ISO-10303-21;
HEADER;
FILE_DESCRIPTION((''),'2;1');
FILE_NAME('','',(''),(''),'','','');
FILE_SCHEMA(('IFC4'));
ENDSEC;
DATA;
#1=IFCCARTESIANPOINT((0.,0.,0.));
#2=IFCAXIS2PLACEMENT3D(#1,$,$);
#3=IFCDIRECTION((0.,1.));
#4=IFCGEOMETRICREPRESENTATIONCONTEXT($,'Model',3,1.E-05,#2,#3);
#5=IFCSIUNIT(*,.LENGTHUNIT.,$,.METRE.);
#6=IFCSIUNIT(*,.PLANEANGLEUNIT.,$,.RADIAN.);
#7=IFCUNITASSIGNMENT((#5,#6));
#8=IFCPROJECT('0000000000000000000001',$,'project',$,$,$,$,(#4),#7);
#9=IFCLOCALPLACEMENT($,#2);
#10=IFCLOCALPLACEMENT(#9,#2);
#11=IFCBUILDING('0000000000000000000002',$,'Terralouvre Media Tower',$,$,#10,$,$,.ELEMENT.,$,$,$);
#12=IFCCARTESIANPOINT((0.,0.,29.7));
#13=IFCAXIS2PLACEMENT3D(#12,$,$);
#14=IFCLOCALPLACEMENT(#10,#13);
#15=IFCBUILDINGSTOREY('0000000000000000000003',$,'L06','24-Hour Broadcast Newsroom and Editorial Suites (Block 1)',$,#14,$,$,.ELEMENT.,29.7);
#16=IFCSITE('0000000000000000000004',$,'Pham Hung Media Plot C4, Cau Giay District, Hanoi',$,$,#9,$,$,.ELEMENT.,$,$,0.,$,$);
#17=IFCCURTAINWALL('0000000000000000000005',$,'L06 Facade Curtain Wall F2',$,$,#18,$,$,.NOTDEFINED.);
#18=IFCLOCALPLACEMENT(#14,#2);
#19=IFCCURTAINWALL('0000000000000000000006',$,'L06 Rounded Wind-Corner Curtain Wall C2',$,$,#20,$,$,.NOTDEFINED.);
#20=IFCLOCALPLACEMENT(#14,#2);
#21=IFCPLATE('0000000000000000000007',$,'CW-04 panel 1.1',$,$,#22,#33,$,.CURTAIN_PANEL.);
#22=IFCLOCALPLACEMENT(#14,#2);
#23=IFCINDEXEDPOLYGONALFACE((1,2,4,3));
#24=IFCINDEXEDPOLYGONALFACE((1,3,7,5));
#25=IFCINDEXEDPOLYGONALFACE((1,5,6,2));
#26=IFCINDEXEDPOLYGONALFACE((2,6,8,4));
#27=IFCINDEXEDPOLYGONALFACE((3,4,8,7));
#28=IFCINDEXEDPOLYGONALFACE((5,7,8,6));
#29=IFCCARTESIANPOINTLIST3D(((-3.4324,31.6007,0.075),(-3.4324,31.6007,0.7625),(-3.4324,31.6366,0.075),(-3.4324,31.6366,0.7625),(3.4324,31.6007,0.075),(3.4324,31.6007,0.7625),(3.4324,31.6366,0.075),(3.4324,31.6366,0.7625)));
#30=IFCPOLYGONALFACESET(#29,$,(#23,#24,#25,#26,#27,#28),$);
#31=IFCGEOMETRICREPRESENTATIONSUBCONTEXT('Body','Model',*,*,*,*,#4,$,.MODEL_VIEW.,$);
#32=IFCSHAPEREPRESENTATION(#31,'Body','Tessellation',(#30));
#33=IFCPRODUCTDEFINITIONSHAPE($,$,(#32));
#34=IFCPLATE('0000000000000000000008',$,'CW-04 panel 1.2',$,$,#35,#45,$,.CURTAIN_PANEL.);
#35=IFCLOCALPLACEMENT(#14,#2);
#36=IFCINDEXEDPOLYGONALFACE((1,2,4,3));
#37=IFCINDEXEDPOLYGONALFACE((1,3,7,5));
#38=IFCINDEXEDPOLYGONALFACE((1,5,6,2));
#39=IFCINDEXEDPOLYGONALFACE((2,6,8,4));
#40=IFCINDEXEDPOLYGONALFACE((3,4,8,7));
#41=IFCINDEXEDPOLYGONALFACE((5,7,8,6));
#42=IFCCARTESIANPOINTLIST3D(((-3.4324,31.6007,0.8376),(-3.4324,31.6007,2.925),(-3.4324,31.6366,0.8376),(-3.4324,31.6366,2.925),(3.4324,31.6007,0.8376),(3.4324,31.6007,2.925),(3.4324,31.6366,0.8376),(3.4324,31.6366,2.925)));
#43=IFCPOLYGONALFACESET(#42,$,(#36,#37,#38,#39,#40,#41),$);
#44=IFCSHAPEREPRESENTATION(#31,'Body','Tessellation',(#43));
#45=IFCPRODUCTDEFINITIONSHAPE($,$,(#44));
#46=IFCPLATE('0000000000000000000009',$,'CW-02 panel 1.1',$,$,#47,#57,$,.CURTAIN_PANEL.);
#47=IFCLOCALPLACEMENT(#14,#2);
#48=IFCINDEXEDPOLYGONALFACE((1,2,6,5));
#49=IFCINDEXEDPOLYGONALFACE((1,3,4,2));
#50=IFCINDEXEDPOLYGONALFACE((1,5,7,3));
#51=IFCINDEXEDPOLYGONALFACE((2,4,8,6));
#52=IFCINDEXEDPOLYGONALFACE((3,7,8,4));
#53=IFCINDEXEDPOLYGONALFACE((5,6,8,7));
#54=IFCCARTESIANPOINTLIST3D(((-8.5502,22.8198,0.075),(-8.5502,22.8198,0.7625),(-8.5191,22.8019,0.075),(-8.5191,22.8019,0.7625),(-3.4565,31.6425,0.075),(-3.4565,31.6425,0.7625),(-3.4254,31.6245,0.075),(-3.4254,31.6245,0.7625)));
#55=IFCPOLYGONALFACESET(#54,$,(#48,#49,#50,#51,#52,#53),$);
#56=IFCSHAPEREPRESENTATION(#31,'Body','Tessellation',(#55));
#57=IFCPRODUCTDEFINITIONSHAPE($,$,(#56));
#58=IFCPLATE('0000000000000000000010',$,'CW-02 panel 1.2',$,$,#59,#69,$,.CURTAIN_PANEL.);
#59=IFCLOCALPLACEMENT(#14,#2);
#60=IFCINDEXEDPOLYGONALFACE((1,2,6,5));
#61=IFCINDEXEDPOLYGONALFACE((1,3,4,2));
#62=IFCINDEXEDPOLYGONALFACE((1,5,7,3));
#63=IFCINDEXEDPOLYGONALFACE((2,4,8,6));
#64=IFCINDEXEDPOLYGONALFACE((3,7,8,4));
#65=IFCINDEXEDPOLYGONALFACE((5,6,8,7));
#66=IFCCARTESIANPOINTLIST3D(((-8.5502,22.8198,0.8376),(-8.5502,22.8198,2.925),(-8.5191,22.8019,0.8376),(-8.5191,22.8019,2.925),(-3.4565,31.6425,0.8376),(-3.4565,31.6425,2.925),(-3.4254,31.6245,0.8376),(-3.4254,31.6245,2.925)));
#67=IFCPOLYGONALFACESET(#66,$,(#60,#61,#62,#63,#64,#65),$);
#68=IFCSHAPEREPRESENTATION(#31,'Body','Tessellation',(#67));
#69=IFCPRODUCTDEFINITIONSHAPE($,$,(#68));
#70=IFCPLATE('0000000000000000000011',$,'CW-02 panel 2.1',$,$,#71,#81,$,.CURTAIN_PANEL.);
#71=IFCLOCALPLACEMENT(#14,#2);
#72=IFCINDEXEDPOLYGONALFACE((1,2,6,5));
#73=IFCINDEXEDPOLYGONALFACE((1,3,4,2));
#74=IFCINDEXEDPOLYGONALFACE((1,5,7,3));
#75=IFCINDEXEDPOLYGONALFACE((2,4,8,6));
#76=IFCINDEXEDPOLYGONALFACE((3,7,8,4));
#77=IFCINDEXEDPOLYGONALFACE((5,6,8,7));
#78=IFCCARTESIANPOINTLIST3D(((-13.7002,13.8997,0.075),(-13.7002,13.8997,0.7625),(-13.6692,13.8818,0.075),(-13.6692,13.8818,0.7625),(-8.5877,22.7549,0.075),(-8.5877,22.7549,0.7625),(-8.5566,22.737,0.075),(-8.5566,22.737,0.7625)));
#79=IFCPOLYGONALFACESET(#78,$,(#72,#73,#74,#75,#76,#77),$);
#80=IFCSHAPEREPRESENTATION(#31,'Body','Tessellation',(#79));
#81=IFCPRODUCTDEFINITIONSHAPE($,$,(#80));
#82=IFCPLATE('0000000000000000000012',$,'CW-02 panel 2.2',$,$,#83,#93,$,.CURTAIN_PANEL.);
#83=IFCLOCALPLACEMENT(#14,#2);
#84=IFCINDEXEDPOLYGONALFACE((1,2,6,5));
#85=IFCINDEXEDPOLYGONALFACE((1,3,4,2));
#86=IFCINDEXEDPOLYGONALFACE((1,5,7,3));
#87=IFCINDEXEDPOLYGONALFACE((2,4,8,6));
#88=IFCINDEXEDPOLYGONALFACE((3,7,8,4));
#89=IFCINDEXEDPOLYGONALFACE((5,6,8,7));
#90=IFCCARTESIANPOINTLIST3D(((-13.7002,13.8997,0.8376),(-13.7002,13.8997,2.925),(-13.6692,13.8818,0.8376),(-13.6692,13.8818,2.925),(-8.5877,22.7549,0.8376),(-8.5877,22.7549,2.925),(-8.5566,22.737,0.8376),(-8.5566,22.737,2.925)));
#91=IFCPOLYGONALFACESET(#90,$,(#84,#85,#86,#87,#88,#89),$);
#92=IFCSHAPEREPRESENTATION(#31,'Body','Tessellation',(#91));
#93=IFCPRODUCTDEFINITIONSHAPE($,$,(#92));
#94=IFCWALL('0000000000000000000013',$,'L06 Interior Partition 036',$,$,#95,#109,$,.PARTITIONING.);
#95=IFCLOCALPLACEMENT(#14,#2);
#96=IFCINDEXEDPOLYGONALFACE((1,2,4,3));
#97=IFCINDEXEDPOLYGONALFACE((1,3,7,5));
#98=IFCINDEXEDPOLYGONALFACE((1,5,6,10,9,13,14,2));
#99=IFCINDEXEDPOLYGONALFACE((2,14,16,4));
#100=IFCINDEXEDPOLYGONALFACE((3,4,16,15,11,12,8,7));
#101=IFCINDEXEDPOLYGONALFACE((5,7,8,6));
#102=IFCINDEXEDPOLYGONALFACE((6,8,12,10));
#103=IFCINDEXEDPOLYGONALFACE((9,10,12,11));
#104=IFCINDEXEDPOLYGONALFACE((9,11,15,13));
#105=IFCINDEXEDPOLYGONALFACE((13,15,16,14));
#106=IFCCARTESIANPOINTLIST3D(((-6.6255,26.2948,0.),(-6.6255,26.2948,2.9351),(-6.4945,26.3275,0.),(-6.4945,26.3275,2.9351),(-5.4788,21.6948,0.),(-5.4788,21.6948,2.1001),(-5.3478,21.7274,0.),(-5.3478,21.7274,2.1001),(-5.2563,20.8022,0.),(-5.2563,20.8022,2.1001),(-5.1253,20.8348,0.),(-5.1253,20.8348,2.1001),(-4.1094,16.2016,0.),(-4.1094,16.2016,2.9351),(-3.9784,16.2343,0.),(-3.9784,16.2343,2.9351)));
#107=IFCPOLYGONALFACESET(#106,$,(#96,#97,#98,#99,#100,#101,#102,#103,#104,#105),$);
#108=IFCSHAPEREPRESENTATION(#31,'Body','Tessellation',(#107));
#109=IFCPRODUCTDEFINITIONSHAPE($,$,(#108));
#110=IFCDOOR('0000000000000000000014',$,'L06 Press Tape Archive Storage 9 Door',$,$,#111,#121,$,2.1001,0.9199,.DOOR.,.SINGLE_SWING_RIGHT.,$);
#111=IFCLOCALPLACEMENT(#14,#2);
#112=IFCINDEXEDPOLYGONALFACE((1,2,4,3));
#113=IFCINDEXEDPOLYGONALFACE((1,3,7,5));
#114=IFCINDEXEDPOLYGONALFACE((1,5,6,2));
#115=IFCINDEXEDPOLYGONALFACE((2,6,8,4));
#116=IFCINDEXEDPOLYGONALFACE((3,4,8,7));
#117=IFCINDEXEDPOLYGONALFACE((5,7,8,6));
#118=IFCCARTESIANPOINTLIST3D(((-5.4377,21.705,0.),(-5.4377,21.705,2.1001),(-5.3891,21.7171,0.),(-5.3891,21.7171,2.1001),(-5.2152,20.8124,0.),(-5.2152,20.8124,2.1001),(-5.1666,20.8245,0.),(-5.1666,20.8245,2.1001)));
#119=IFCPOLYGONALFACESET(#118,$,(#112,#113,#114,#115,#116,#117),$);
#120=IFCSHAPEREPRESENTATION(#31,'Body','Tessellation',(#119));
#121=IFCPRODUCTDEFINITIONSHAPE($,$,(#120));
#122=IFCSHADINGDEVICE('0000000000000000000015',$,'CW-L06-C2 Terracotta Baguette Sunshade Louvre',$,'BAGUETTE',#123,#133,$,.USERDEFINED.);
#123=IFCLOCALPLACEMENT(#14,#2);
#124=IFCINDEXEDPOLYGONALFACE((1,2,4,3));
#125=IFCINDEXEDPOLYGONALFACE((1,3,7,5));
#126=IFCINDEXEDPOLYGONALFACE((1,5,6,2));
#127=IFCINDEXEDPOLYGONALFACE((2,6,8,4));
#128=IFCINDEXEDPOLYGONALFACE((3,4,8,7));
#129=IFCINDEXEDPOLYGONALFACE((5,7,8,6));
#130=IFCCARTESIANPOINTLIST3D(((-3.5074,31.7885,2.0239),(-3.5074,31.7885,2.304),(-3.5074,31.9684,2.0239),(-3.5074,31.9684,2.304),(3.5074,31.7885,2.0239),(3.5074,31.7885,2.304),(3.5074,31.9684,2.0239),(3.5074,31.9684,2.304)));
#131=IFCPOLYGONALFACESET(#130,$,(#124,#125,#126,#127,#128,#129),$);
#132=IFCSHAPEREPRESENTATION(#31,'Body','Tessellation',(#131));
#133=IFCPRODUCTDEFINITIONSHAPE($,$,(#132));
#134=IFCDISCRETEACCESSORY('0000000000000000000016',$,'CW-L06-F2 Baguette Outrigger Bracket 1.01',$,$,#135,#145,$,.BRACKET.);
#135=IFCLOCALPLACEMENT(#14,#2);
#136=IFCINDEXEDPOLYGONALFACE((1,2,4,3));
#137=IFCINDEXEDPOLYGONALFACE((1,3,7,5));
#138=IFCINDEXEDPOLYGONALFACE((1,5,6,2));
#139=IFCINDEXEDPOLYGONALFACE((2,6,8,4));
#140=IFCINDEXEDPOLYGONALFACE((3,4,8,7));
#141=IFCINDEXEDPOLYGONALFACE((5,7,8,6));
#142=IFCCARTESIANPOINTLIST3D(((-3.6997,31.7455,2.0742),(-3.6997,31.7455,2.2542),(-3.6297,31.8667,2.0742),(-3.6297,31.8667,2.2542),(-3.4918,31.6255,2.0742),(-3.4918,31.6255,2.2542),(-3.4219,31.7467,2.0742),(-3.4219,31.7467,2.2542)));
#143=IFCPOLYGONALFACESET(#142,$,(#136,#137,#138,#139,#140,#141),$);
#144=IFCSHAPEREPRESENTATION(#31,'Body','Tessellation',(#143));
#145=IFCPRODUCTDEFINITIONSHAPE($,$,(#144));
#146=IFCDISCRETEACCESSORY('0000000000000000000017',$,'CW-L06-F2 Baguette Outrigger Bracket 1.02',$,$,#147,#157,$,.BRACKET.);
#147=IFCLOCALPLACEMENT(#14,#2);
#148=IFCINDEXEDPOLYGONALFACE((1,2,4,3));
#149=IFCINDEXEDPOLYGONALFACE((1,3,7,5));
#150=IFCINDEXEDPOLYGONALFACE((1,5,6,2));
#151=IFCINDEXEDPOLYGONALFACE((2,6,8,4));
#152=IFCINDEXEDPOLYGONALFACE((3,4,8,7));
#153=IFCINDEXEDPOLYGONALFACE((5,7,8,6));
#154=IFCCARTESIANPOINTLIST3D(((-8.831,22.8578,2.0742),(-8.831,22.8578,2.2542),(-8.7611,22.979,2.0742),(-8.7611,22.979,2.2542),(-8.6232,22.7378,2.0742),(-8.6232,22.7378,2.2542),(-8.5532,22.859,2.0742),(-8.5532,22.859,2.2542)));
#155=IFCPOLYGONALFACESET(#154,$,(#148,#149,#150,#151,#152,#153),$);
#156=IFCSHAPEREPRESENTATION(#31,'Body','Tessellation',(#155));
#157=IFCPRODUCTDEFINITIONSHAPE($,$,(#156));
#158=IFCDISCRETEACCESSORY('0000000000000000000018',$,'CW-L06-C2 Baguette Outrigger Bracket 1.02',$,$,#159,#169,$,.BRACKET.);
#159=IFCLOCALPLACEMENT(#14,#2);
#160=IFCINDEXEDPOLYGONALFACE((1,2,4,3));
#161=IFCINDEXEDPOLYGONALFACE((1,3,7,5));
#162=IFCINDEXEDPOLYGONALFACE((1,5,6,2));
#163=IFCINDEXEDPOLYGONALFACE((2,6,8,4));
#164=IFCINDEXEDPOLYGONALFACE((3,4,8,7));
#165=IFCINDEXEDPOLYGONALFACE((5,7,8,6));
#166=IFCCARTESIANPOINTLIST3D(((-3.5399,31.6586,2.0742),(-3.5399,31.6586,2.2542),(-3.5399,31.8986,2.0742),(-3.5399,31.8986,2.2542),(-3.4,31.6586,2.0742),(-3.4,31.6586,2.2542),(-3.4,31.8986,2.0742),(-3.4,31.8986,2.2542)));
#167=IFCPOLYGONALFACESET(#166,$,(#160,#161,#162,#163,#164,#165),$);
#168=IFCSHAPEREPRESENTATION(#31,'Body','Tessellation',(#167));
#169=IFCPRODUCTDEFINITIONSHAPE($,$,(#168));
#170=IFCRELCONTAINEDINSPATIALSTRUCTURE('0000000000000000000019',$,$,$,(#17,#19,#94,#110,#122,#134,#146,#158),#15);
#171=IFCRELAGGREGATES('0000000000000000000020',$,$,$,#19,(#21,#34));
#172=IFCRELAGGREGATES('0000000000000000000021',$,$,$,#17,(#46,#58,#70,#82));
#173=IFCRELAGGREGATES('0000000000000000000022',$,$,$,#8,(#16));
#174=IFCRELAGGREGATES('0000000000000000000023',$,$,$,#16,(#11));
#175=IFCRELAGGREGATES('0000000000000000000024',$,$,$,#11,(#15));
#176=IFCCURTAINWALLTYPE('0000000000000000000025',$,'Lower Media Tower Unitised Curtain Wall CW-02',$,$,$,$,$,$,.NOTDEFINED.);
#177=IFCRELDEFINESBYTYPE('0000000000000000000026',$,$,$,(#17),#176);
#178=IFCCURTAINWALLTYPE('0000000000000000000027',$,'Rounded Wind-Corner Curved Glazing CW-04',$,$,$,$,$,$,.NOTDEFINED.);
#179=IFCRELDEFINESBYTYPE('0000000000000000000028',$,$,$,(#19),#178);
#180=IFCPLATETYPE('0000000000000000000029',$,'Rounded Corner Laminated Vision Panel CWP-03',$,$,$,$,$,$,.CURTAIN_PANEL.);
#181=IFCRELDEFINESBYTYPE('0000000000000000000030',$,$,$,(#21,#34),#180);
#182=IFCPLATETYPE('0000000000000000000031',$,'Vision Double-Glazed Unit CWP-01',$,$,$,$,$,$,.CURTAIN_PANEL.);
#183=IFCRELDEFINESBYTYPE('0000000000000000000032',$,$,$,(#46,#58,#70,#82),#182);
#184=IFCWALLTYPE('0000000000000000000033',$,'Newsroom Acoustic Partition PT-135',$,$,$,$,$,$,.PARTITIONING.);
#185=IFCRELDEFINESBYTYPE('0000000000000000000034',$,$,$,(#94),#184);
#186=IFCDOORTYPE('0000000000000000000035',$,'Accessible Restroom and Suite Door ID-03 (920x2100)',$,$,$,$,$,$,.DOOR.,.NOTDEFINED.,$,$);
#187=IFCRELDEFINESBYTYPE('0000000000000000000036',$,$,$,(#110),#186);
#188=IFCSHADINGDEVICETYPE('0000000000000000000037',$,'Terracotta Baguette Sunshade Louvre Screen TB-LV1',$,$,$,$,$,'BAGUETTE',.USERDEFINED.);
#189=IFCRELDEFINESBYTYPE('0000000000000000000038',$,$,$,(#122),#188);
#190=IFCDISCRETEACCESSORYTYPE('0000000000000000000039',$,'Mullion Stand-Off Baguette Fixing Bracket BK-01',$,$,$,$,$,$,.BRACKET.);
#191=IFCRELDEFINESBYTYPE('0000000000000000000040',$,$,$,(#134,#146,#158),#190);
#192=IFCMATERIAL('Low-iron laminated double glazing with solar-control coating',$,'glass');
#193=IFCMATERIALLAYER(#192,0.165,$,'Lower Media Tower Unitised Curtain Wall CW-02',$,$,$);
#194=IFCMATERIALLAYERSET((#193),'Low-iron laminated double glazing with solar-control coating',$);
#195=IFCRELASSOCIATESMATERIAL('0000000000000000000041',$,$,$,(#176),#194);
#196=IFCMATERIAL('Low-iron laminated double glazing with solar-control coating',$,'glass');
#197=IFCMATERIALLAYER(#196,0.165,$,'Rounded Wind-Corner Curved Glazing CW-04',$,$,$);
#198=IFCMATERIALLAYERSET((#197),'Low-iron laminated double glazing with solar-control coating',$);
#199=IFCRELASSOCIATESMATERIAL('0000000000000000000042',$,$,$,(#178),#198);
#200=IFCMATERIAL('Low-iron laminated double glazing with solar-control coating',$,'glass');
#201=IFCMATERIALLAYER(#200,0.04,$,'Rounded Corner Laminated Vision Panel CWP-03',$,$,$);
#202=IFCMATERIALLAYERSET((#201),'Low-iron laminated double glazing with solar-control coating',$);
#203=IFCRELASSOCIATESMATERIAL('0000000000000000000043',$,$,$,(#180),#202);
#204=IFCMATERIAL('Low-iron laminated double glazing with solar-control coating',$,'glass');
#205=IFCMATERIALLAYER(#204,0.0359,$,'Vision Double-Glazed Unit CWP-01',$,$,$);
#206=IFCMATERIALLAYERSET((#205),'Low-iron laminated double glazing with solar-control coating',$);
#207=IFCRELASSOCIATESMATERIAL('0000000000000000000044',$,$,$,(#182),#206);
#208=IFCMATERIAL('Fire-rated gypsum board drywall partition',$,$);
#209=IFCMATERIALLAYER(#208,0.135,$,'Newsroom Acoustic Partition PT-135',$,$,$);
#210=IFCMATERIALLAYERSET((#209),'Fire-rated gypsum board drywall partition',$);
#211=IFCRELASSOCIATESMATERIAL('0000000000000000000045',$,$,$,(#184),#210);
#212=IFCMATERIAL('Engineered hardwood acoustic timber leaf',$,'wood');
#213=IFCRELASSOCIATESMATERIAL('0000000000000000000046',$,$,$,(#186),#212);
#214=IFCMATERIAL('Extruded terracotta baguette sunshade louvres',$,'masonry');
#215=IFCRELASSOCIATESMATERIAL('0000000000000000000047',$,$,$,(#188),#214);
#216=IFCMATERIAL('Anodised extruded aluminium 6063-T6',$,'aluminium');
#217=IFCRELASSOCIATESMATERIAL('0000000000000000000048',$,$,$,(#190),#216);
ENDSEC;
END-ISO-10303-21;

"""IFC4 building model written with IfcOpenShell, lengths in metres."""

from ifc_helpers import new_model, si_unit, direction, frame, frame_2d, origin, origin_2d, place, context, subcontext, project, spatial, rectangle, extrude, material, layer, layer_set, type_object, element, fill, aggregate, save


model = new_model("IFC4")

# Units and contexts
model_context = context("Model", 3, precision=1e-05, world=origin(), true_north=direction((0.0, 1.0)))
body_context = subcontext(model_context, "Body", "Model", "MODEL_VIEW")
ifc_project = project(units=[si_unit("LENGTHUNIT", "METRE"), si_unit("PLANEANGLEUNIT", "RADIAN")], contexts=[model_context])

# Site, building, storey
site_placement = place(None, origin())
site = spatial("IfcSite", under=ifc_project, at=site_placement, Name="Pham Hung Media Plot C4, Cau Giay District, Hanoi", CompositionType="ELEMENT", RefElevation=0.0)
building_placement = place(site_placement, origin())
building = spatial("IfcBuilding", under=site, at=building_placement, Name="Terralouvre Media Tower", CompositionType="ELEMENT")
storey_placement = place(building_placement, frame((0.0, 0.0, 29.7)))
storey = spatial("IfcBuildingStorey", under=building, at=storey_placement, Name="L06", Description="24-Hour Broadcast Newsroom and Editorial Suites (Block 1)", CompositionType="ELEMENT", Elevation=29.7)

# Curtain wall
ifc_material_1 = material(Name="Low-iron laminated double glazing with solar-control coating", Category="glass")
ifc_layer_1 = layer(ifc_material_1, 0.165, Name="Lower Media Tower Unitised Curtain Wall CW-02")
ifc_layer_set_1 = layer_set([ifc_layer_1], Name="Low-iron laminated double glazing with solar-control coating")
curtain_wall_type_1 = type_object("IfcCurtainWallType", Name="Lower Media Tower Unitised Curtain Wall CW-02", PredefinedType="NOTDEFINED", material=ifc_layer_set_1)
curtain_wall_1_placement = place(storey_placement, origin())
curtain_wall_1 = element("IfcCurtainWall", 1, at=curtain_wall_1_placement, inside=storey, type_object=curtain_wall_type_1, Name="L06 Facade Curtain Wall F2", PredefinedType="NOTDEFINED")

# Curtain wall
ifc_material_2 = material(Name="Low-iron laminated double glazing with solar-control coating", Category="glass")
ifc_layer_2 = layer(ifc_material_2, 0.165, Name="Rounded Wind-Corner Curved Glazing CW-04")
ifc_layer_set_2 = layer_set([ifc_layer_2], Name="Low-iron laminated double glazing with solar-control coating")
curtain_wall_type_2 = type_object("IfcCurtainWallType", Name="Rounded Wind-Corner Curved Glazing CW-04", PredefinedType="NOTDEFINED", material=ifc_layer_set_2)
curtain_wall_2_placement = place(storey_placement, origin())
curtain_wall_2 = element("IfcCurtainWall", 2, at=curtain_wall_2_placement, inside=storey, type_object=curtain_wall_type_2, Name="L06 Rounded Wind-Corner Curtain Wall C2", PredefinedType="NOTDEFINED")

# Plates
ifc_material_3 = material(Name="Low-iron laminated double glazing with solar-control coating", Category="glass")
ifc_layer_3 = layer(ifc_material_3, 0.04, Name="Rounded Corner Laminated Vision Panel CWP-03")
ifc_layer_set_3 = layer_set([ifc_layer_3], Name="Low-iron laminated double glazing with solar-control coating")
plate_type_1 = type_object("IfcPlateType", Name="Rounded Corner Laminated Vision Panel CWP-03", PredefinedType="CURTAIN_PANEL", material=ifc_layer_set_3)
plate_1_placement = place(storey_placement, frame((0.0, 31.6187, 0.075), z_axis=(0.0, 0.0, 1.0), x_axis=(-1.0, 0.0, 0.0)))
plate_1 = element("IfcPlate", 3, at=plate_1_placement, type_object=plate_type_1, Name="CW-04 panel 1.1", PredefinedType="CURTAIN_PANEL", context=body_context, shape_type="SweptSolid", body=[
    extrude(rectangle(XDim=6.8647, YDim=0.0359, at=origin_2d()), origin(), (0.0, 0.0, 1.0), 0.6875),
])
plate_2_placement = place(storey_placement, frame((0.0, 31.6187, 0.8376), z_axis=(0.0, 0.0, 1.0), x_axis=(-1.0, 0.0, 0.0)))
plate_2 = element("IfcPlate", 4, at=plate_2_placement, type_object=plate_type_1, Name="CW-04 panel 1.2", PredefinedType="CURTAIN_PANEL", context=body_context, shape_type="SweptSolid", body=[
    extrude(rectangle(XDim=6.8647, YDim=0.0359, at=origin_2d()), origin(), (0.0, 0.0, 1.0), 2.0874),
])
aggregate(curtain_wall_2, [plate_1, plate_2])
ifc_material_4 = material(Name="Low-iron laminated double glazing with solar-control coating", Category="glass")
ifc_layer_4 = layer(ifc_material_4, 0.0359, Name="Vision Double-Glazed Unit CWP-01")
ifc_layer_set_4 = layer_set([ifc_layer_4], Name="Low-iron laminated double glazing with solar-control coating")
plate_type_2 = type_object("IfcPlateType", Name="Vision Double-Glazed Unit CWP-01", PredefinedType="CURTAIN_PANEL", material=ifc_layer_set_4)
plate_3_placement = place(storey_placement, frame((-5.9878, 27.2222, 0.075), z_axis=(0.0, 0.0, 1.0), x_axis=(-0.5, -0.866025, 0.0)))
plate_3 = element("IfcPlate", 5, at=plate_3_placement, type_object=plate_type_2, Name="CW-02 panel 1.1", PredefinedType="CURTAIN_PANEL", context=body_context, shape_type="SweptSolid", body=[
    extrude(rectangle(XDim=10.1875, YDim=0.0359, at=origin_2d()), origin(), (0.0, 0.0, 1.0), 0.6875),
])
plate_4_placement = place(storey_placement, frame((-5.9878, 27.2222, 0.8376), z_axis=(0.0, 0.0, 1.0), x_axis=(-0.5, -0.866025, 0.0)))
plate_4 = element("IfcPlate", 6, at=plate_4_placement, type_object=plate_type_2, Name="CW-02 panel 1.2", PredefinedType="CURTAIN_PANEL", context=body_context, shape_type="SweptSolid", body=[
    extrude(rectangle(XDim=10.1875, YDim=0.0359, at=origin_2d()), origin(), (0.0, 0.0, 1.0), 2.0874),
])
plate_5_placement = place(storey_placement, frame((-11.1284, 18.3184, 0.075), z_axis=(0.0, 0.0, 1.0), x_axis=(-0.5, -0.866025, 0.0)))
plate_5 = element("IfcPlate", 7, at=plate_5_placement, type_object=plate_type_2, Name="CW-02 panel 2.1", PredefinedType="CURTAIN_PANEL", context=body_context, shape_type="SweptSolid", body=[
    extrude(rectangle(XDim=10.2251, YDim=0.0359, at=origin_2d()), origin(), (0.0, 0.0, 1.0), 0.6875),
])
plate_6_placement = place(storey_placement, frame((-11.1284, 18.3184, 0.8376), z_axis=(0.0, 0.0, 1.0), x_axis=(-0.5, -0.866025, 0.0)))
plate_6 = element("IfcPlate", 8, at=plate_6_placement, type_object=plate_type_2, Name="CW-02 panel 2.2", PredefinedType="CURTAIN_PANEL", context=body_context, shape_type="SweptSolid", body=[
    extrude(rectangle(XDim=10.2251, YDim=0.0359, at=origin_2d()), origin(), (0.0, 0.0, 1.0), 2.0874),
])
aggregate(curtain_wall_1, [plate_3, plate_4, plate_5, plate_6])

# Wall, opening, door
ifc_material_5 = material(Name="Fire-rated gypsum board drywall partition")
ifc_layer_5 = layer(ifc_material_5, 0.135, Name="Newsroom Acoustic Partition PT-135")
ifc_layer_set_5 = layer_set([ifc_layer_5], Name="Fire-rated gypsum board drywall partition")
wall_type = type_object("IfcWallType", Name="Newsroom Acoustic Partition PT-135", PredefinedType="PARTITIONING", material=ifc_layer_set_5)
wall_placement = place(storey_placement, frame((-6.5601, 26.3113, 0.0), z_axis=(0.0, 0.0, 1.0), x_axis=(0.241884, -0.970305, 0.0)))
wall = element("IfcWall", 9, at=wall_placement, inside=storey, type_object=wall_type, Name="L06 Interior Partition 036", PredefinedType="PARTITIONING", context=body_context, shape_type="SweptSolid", body=[
    extrude(rectangle(XDim=10.4021, YDim=0.135, at=frame_2d((5.2012, 0.0))), origin(), (0.0, 0.0, 1.0), 2.9351),
])
opening_placement = place(wall_placement, frame((4.741, 0.0, 0.0)))
opening = element("IfcOpeningElement", 10, at=opening_placement, cuts=wall, PredefinedType="OPENING", context=body_context, shape_type="SweptSolid", body=[
    extrude(rectangle(XDim=0.9199, YDim=2.1001, at=frame_2d((0.46, 1.05))), frame((0.0, 0.0774, 0.0), z_axis=(0.0, -1.0, 0.0), x_axis=(1.0, 0.0, 0.0)), (0.0, 0.0, 1.0), 0.155),
])
ifc_material_6 = material(Name="Engineered hardwood acoustic timber leaf", Category="wood")
door_type = type_object("IfcDoorType", Name="Accessible Restroom and Suite Door ID-03 (920x2100)", OperationType="NOTDEFINED", PredefinedType="DOOR", material=ifc_material_6)
door_placement = place(opening_placement, origin())
door = element("IfcDoor", 11, at=door_placement, inside=storey, type_object=door_type, Name="L06 Press Tape Archive Storage 9 Door", OperationType="SINGLE_SWING_RIGHT", OverallHeight=2.1001, OverallWidth=0.9199, PredefinedType="DOOR", context=body_context, shape_type="SweptSolid", body=[
    extrude(rectangle(XDim=0.9199, YDim=2.1001, at=frame_2d((0.46, 1.05))), frame((0.0, 0.0249, 0.0), z_axis=(0.0, -1.0, 0.0), x_axis=(1.0, 0.0, 0.0)), (0.0, 0.0, 1.0), 0.05),
])
fill(opening, door)

# Shading device
ifc_material_7 = material(Name="Extruded terracotta baguette sunshade louvres", Category="masonry")
shading_device_type = type_object("IfcShadingDeviceType", Name="Terracotta Baguette Sunshade Louvre Screen TB-LV1", ElementType="BAGUETTE", PredefinedType="USERDEFINED", material=ifc_material_7)
shading_device_placement = place(storey_placement, frame((0.0, 31.8784, 2.0239), z_axis=(0.0, 0.0, 1.0), x_axis=(-1.0, 0.0, 0.0)))
element("IfcShadingDevice", 12, at=shading_device_placement, inside=storey, type_object=shading_device_type, Name="CW-L06-C2 Terracotta Baguette Sunshade Louvre", ObjectType="BAGUETTE", PredefinedType="USERDEFINED", context=body_context, shape_type="SweptSolid", body=[
    extrude(rectangle(XDim=7.0149, YDim=0.1799, at=origin_2d()), origin(), (0.0, 0.0, 1.0), 0.28),
])

# Discrete accessories
ifc_material_8 = material(Name="Anodised extruded aluminium 6063-T6", Category="aluminium")
discrete_accessory_type = type_object("IfcDiscreteAccessoryType", Name="Mullion Stand-Off Baguette Fixing Bracket BK-01", PredefinedType="BRACKET", material=ifc_material_8)
for number, where, z_axis, x_axis, name in (
    (13, (-3.5608, 31.7461, 2.0742), (0.0, 0.0, 1.0), (-0.5, -0.866025, 0.0), "CW-L06-F2 Baguette Outrigger Bracket 1.01"),
    (14, (-8.6921, 22.8584, 2.0742), (0.0, 0.0, 1.0), (-0.5, -0.866025, 0.0), "CW-L06-F2 Baguette Outrigger Bracket 1.02"),
    (15, (-3.47, 31.7786, 2.0742), (0.0, 0.0, 1.0), (-1.0, 0.0, 0.0), "CW-L06-C2 Baguette Outrigger Bracket 1.02"),
):
    element("IfcDiscreteAccessory", number, at=place(storey_placement, frame(where, z_axis=z_axis, x_axis=x_axis)), inside=storey, type_object=discrete_accessory_type, Name=name, PredefinedType="BRACKET", context=body_context, shape_type="SweptSolid", body=[
        extrude(rectangle(XDim=0.1399, YDim=0.24, at=origin_2d()), origin(), (0.0, 0.0, 1.0), 0.1799),
    ])

save(model, "model.ifc")
